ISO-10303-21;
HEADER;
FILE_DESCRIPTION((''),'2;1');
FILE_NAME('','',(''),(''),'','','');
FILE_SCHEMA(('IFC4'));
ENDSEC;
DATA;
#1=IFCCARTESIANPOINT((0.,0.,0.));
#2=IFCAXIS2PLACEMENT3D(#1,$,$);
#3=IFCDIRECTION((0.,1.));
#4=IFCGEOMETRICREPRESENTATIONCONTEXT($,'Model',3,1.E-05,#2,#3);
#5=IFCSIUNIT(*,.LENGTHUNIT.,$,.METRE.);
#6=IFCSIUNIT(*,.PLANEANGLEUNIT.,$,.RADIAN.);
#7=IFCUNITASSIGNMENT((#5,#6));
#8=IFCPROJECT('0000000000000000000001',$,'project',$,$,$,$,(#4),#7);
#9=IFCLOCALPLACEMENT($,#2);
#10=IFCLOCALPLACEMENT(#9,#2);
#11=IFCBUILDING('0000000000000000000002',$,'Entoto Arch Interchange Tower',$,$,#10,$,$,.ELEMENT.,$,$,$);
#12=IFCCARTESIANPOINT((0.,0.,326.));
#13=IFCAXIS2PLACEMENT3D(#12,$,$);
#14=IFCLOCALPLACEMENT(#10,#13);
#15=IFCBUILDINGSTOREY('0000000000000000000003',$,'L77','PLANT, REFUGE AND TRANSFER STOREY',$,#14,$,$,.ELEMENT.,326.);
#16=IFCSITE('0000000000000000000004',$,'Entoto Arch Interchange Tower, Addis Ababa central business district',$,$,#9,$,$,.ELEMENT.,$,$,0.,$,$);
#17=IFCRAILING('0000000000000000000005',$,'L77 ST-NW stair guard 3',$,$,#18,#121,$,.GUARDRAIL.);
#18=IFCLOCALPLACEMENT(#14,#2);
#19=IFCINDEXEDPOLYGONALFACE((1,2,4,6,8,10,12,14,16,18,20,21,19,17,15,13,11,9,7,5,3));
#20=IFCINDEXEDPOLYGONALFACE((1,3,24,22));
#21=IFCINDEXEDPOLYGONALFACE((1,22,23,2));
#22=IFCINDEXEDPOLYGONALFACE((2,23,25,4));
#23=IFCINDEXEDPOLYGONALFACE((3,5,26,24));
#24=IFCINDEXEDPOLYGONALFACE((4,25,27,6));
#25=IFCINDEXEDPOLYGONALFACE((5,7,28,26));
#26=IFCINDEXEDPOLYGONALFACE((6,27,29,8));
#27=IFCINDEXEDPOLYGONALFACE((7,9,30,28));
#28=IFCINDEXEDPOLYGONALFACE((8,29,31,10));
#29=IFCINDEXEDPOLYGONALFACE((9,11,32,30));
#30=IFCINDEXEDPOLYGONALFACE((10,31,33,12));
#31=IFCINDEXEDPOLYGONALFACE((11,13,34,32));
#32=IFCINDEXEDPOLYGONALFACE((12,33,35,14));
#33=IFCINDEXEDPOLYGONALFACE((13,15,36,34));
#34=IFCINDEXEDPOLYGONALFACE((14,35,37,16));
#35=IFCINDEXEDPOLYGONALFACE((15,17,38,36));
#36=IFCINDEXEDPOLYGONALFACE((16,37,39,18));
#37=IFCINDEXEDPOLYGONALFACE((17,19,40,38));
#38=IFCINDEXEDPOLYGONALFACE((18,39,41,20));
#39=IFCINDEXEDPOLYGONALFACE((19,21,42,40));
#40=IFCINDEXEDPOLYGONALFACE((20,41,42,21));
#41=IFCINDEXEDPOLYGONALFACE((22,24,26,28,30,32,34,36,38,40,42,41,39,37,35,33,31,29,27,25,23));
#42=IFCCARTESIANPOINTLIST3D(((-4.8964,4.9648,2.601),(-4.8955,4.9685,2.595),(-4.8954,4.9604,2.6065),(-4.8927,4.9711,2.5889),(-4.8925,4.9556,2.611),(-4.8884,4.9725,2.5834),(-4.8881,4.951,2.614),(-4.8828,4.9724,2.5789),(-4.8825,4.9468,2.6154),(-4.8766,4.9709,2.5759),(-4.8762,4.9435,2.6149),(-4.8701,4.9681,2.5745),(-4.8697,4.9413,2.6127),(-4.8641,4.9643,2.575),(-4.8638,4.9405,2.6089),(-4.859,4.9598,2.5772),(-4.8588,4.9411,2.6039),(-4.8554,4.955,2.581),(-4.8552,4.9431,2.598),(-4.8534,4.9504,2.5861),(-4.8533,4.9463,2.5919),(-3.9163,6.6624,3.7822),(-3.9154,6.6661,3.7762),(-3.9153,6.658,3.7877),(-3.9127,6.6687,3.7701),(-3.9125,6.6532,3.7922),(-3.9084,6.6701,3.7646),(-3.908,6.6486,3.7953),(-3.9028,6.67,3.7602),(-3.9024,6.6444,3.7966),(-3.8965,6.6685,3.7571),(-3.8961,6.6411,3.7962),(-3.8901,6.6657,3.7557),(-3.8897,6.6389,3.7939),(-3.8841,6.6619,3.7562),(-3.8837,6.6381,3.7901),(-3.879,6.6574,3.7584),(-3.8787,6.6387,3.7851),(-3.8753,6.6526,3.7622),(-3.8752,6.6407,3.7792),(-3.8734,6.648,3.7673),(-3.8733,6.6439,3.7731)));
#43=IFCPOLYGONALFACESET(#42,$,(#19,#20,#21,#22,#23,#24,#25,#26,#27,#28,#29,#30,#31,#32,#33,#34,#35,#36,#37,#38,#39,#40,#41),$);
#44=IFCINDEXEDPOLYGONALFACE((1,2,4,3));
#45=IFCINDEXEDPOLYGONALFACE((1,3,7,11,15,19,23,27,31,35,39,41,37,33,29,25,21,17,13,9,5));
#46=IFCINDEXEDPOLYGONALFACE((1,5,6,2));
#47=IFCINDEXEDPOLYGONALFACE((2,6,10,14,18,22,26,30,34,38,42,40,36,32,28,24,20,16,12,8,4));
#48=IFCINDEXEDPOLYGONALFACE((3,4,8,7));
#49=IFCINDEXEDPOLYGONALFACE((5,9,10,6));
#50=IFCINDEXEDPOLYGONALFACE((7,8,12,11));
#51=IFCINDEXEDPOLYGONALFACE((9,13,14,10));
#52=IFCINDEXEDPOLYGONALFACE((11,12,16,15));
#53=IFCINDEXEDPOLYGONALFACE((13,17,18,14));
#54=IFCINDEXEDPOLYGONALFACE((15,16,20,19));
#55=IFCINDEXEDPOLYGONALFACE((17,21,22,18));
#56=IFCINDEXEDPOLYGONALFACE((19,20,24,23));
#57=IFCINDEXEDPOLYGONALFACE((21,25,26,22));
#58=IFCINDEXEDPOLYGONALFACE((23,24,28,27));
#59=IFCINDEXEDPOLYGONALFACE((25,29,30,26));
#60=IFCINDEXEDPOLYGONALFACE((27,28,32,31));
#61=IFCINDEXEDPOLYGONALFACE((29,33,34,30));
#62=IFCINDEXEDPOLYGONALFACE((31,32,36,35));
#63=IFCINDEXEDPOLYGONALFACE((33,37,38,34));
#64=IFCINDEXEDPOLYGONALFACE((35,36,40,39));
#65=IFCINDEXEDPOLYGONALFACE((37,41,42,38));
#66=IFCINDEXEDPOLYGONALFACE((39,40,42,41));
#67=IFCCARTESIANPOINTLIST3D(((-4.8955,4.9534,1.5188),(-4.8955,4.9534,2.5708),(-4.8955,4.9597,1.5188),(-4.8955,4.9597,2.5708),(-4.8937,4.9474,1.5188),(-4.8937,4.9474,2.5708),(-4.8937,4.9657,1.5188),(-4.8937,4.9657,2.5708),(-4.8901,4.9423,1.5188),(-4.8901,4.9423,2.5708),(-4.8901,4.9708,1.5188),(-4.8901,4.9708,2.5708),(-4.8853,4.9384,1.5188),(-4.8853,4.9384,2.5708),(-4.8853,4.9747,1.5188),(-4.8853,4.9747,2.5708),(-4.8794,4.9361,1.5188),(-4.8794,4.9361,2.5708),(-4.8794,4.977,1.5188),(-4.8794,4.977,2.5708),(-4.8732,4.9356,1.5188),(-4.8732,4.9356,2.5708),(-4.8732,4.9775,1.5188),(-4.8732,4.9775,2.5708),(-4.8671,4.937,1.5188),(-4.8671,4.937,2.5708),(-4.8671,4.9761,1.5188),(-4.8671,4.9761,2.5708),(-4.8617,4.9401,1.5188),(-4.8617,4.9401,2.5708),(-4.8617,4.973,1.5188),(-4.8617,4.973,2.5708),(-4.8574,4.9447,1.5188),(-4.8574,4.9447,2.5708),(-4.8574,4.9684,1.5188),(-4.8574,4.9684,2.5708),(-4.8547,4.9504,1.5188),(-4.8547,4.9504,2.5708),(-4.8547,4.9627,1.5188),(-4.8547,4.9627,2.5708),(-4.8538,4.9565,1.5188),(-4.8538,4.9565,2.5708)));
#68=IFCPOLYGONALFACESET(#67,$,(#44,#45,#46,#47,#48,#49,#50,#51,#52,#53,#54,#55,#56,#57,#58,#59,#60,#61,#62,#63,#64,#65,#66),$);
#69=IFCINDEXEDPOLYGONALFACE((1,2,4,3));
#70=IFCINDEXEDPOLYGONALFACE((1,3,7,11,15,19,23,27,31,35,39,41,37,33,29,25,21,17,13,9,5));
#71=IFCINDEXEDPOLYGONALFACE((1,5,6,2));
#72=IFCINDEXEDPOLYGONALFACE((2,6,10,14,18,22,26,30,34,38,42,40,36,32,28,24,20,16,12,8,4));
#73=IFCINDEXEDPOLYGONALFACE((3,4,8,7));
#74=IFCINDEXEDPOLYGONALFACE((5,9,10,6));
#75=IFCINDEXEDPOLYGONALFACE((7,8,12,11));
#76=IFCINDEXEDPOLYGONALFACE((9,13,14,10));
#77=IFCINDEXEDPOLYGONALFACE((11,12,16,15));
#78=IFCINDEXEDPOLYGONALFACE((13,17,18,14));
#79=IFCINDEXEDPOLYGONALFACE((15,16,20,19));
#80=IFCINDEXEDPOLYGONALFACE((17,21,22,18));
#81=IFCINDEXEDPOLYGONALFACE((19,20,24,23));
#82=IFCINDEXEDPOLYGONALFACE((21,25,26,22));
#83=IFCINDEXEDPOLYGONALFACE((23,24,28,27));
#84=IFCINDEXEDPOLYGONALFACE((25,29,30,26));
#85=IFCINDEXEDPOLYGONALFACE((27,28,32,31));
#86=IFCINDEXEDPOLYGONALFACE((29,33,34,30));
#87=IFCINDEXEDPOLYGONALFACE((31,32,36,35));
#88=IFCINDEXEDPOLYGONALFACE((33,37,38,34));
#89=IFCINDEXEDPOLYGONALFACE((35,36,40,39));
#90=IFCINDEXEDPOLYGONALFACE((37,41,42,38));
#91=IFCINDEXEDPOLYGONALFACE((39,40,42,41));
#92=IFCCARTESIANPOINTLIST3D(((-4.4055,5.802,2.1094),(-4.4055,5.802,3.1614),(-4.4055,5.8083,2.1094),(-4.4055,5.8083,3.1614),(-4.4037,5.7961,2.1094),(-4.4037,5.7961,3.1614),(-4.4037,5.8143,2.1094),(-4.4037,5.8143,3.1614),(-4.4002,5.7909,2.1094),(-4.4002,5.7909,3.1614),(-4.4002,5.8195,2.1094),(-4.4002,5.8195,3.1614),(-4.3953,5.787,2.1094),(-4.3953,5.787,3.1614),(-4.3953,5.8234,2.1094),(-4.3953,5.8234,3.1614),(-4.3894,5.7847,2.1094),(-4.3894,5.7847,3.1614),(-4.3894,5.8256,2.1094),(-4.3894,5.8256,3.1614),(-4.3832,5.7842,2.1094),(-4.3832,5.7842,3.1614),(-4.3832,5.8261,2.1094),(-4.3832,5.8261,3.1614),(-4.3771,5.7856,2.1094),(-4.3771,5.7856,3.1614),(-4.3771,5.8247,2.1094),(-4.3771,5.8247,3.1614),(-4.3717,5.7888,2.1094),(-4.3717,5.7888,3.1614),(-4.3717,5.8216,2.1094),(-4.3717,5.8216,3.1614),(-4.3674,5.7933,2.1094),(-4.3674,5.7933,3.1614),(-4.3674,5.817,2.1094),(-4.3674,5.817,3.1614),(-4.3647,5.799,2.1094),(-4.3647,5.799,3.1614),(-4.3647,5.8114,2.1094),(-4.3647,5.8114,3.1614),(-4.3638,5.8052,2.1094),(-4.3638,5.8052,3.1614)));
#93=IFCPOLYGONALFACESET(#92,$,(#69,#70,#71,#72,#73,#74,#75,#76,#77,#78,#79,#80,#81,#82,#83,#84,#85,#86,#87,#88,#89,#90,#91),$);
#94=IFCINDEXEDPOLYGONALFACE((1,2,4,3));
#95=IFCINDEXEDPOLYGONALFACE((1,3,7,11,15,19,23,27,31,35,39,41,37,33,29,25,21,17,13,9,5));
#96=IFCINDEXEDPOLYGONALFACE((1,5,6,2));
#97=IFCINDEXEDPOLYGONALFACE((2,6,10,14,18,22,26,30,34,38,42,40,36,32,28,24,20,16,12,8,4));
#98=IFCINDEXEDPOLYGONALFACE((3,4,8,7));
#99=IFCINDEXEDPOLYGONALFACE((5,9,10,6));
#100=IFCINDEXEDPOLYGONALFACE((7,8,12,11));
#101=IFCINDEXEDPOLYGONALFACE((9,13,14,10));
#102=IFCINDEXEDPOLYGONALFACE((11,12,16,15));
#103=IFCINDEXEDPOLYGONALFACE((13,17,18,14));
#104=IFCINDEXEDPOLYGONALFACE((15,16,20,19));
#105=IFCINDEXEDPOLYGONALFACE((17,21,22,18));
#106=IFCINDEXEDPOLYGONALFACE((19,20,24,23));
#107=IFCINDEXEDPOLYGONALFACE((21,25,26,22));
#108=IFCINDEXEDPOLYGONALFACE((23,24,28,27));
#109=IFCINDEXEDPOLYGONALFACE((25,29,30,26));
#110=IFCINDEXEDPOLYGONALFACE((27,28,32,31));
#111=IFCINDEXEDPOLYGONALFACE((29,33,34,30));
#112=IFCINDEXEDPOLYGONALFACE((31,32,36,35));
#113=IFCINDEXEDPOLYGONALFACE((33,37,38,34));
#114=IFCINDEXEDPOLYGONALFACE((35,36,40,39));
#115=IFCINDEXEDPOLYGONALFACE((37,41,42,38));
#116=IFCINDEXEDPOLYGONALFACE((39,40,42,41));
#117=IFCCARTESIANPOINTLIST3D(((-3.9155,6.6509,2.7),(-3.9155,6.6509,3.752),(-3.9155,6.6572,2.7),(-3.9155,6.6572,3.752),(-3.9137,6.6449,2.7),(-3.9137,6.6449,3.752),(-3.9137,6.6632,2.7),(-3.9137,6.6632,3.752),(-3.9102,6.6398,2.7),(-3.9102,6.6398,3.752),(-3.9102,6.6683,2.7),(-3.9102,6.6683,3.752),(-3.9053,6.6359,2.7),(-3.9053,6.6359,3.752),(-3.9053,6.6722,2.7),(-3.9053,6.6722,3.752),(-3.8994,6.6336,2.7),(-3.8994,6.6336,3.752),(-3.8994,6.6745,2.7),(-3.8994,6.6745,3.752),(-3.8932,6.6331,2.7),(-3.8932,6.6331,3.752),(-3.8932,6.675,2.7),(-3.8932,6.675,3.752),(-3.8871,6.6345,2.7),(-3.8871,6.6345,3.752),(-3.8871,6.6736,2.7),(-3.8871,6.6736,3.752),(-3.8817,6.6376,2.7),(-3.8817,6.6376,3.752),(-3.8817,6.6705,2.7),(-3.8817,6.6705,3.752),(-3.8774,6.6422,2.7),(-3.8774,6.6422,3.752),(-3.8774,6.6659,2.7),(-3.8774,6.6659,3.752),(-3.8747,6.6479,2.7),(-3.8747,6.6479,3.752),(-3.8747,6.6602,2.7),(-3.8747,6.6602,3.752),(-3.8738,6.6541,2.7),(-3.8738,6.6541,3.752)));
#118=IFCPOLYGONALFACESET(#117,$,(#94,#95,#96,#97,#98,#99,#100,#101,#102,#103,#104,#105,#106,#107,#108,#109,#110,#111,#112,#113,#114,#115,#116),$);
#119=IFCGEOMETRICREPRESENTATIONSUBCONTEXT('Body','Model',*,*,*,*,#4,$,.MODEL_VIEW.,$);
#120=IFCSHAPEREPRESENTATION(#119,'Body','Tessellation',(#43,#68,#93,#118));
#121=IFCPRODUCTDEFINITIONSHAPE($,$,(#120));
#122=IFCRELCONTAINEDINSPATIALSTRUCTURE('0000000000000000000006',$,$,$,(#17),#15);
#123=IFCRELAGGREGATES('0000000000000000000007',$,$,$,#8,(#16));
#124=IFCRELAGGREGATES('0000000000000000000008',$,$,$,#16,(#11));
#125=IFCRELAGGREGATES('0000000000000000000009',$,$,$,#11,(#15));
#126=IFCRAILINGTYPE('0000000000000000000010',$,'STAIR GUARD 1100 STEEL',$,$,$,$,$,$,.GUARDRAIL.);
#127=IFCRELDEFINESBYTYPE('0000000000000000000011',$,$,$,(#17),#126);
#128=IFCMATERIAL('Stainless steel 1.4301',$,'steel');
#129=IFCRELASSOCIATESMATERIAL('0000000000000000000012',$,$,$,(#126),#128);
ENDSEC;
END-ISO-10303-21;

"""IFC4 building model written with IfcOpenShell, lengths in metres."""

from ifc_helpers import new_model, si_unit, direction, frame, origin, origin_2d, place, context, subcontext, project, spatial, circle, extrude, material, type_object, element, save


model = new_model("IFC4")

# Units and contexts
model_context = context("Model", 3, precision=1e-05, world=origin(), true_north=direction((0.0, 1.0)))
body_context = subcontext(model_context, "Body", "Model", "MODEL_VIEW")
ifc_project = project(units=[si_unit("LENGTHUNIT", "METRE"), si_unit("PLANEANGLEUNIT", "RADIAN")], contexts=[model_context])

# Site, building, storey
site_placement = place(None, origin())
site = spatial("IfcSite", under=ifc_project, at=site_placement, Name="Entoto Arch Interchange Tower, Addis Ababa central business district", CompositionType="ELEMENT", RefElevation=0.0)
building_placement = place(site_placement, origin())
building = spatial("IfcBuilding", under=site, at=building_placement, Name="Entoto Arch Interchange Tower", CompositionType="ELEMENT")
storey_placement = place(building_placement, frame((0.0, 0.0, 326.0)))
storey = spatial("IfcBuildingStorey", under=building, at=storey_placement, Name="L77", Description="PLANT, REFUGE AND TRANSFER STOREY", CompositionType="ELEMENT", Elevation=326.0)

# Railing
ifc_material_1 = material(Name="Stainless steel 1.4301", Category="steel")
railing_type_1 = type_object("IfcRailingType", Name="STAIR GUARD 1100 STEEL", PredefinedType="GUARDRAIL", material=ifc_material_1)
railing_1_placement = place(storey_placement, frame((-4.8748, 4.9565, 1.5188)))
element("IfcRailing", 1, at=railing_1_placement, inside=storey, type_object=railing_type_1, Name="L77 ST-NW stair guard 3", PredefinedType="GUARDRAIL", context=body_context, shape_type="SweptSolid", body=[
    extrude(circle(Radius=0.0239, at=origin_2d()), frame((0.0, 0.0, 1.0762), z_axis=(0.428228, 0.741771, 0.516135), x_axis=(-0.866042, 0.49997, 0.0)), (0.0, 0.0, 1.0), 2.2886),
    extrude(circle(Radius=0.021, at=origin_2d()), origin(), (0.0, 0.0, 1.0), 1.052),
    extrude(circle(Radius=0.021, at=origin_2d()), frame((0.49, 0.8486, 0.5906)), (0.0, 0.0, 1.0), 1.052),
    extrude(circle(Radius=0.021, at=origin_2d()), frame((0.98, 1.6975, 1.1812)), (0.0, 0.0, 1.0), 1.052),
])

save(model, "model.ifc")
